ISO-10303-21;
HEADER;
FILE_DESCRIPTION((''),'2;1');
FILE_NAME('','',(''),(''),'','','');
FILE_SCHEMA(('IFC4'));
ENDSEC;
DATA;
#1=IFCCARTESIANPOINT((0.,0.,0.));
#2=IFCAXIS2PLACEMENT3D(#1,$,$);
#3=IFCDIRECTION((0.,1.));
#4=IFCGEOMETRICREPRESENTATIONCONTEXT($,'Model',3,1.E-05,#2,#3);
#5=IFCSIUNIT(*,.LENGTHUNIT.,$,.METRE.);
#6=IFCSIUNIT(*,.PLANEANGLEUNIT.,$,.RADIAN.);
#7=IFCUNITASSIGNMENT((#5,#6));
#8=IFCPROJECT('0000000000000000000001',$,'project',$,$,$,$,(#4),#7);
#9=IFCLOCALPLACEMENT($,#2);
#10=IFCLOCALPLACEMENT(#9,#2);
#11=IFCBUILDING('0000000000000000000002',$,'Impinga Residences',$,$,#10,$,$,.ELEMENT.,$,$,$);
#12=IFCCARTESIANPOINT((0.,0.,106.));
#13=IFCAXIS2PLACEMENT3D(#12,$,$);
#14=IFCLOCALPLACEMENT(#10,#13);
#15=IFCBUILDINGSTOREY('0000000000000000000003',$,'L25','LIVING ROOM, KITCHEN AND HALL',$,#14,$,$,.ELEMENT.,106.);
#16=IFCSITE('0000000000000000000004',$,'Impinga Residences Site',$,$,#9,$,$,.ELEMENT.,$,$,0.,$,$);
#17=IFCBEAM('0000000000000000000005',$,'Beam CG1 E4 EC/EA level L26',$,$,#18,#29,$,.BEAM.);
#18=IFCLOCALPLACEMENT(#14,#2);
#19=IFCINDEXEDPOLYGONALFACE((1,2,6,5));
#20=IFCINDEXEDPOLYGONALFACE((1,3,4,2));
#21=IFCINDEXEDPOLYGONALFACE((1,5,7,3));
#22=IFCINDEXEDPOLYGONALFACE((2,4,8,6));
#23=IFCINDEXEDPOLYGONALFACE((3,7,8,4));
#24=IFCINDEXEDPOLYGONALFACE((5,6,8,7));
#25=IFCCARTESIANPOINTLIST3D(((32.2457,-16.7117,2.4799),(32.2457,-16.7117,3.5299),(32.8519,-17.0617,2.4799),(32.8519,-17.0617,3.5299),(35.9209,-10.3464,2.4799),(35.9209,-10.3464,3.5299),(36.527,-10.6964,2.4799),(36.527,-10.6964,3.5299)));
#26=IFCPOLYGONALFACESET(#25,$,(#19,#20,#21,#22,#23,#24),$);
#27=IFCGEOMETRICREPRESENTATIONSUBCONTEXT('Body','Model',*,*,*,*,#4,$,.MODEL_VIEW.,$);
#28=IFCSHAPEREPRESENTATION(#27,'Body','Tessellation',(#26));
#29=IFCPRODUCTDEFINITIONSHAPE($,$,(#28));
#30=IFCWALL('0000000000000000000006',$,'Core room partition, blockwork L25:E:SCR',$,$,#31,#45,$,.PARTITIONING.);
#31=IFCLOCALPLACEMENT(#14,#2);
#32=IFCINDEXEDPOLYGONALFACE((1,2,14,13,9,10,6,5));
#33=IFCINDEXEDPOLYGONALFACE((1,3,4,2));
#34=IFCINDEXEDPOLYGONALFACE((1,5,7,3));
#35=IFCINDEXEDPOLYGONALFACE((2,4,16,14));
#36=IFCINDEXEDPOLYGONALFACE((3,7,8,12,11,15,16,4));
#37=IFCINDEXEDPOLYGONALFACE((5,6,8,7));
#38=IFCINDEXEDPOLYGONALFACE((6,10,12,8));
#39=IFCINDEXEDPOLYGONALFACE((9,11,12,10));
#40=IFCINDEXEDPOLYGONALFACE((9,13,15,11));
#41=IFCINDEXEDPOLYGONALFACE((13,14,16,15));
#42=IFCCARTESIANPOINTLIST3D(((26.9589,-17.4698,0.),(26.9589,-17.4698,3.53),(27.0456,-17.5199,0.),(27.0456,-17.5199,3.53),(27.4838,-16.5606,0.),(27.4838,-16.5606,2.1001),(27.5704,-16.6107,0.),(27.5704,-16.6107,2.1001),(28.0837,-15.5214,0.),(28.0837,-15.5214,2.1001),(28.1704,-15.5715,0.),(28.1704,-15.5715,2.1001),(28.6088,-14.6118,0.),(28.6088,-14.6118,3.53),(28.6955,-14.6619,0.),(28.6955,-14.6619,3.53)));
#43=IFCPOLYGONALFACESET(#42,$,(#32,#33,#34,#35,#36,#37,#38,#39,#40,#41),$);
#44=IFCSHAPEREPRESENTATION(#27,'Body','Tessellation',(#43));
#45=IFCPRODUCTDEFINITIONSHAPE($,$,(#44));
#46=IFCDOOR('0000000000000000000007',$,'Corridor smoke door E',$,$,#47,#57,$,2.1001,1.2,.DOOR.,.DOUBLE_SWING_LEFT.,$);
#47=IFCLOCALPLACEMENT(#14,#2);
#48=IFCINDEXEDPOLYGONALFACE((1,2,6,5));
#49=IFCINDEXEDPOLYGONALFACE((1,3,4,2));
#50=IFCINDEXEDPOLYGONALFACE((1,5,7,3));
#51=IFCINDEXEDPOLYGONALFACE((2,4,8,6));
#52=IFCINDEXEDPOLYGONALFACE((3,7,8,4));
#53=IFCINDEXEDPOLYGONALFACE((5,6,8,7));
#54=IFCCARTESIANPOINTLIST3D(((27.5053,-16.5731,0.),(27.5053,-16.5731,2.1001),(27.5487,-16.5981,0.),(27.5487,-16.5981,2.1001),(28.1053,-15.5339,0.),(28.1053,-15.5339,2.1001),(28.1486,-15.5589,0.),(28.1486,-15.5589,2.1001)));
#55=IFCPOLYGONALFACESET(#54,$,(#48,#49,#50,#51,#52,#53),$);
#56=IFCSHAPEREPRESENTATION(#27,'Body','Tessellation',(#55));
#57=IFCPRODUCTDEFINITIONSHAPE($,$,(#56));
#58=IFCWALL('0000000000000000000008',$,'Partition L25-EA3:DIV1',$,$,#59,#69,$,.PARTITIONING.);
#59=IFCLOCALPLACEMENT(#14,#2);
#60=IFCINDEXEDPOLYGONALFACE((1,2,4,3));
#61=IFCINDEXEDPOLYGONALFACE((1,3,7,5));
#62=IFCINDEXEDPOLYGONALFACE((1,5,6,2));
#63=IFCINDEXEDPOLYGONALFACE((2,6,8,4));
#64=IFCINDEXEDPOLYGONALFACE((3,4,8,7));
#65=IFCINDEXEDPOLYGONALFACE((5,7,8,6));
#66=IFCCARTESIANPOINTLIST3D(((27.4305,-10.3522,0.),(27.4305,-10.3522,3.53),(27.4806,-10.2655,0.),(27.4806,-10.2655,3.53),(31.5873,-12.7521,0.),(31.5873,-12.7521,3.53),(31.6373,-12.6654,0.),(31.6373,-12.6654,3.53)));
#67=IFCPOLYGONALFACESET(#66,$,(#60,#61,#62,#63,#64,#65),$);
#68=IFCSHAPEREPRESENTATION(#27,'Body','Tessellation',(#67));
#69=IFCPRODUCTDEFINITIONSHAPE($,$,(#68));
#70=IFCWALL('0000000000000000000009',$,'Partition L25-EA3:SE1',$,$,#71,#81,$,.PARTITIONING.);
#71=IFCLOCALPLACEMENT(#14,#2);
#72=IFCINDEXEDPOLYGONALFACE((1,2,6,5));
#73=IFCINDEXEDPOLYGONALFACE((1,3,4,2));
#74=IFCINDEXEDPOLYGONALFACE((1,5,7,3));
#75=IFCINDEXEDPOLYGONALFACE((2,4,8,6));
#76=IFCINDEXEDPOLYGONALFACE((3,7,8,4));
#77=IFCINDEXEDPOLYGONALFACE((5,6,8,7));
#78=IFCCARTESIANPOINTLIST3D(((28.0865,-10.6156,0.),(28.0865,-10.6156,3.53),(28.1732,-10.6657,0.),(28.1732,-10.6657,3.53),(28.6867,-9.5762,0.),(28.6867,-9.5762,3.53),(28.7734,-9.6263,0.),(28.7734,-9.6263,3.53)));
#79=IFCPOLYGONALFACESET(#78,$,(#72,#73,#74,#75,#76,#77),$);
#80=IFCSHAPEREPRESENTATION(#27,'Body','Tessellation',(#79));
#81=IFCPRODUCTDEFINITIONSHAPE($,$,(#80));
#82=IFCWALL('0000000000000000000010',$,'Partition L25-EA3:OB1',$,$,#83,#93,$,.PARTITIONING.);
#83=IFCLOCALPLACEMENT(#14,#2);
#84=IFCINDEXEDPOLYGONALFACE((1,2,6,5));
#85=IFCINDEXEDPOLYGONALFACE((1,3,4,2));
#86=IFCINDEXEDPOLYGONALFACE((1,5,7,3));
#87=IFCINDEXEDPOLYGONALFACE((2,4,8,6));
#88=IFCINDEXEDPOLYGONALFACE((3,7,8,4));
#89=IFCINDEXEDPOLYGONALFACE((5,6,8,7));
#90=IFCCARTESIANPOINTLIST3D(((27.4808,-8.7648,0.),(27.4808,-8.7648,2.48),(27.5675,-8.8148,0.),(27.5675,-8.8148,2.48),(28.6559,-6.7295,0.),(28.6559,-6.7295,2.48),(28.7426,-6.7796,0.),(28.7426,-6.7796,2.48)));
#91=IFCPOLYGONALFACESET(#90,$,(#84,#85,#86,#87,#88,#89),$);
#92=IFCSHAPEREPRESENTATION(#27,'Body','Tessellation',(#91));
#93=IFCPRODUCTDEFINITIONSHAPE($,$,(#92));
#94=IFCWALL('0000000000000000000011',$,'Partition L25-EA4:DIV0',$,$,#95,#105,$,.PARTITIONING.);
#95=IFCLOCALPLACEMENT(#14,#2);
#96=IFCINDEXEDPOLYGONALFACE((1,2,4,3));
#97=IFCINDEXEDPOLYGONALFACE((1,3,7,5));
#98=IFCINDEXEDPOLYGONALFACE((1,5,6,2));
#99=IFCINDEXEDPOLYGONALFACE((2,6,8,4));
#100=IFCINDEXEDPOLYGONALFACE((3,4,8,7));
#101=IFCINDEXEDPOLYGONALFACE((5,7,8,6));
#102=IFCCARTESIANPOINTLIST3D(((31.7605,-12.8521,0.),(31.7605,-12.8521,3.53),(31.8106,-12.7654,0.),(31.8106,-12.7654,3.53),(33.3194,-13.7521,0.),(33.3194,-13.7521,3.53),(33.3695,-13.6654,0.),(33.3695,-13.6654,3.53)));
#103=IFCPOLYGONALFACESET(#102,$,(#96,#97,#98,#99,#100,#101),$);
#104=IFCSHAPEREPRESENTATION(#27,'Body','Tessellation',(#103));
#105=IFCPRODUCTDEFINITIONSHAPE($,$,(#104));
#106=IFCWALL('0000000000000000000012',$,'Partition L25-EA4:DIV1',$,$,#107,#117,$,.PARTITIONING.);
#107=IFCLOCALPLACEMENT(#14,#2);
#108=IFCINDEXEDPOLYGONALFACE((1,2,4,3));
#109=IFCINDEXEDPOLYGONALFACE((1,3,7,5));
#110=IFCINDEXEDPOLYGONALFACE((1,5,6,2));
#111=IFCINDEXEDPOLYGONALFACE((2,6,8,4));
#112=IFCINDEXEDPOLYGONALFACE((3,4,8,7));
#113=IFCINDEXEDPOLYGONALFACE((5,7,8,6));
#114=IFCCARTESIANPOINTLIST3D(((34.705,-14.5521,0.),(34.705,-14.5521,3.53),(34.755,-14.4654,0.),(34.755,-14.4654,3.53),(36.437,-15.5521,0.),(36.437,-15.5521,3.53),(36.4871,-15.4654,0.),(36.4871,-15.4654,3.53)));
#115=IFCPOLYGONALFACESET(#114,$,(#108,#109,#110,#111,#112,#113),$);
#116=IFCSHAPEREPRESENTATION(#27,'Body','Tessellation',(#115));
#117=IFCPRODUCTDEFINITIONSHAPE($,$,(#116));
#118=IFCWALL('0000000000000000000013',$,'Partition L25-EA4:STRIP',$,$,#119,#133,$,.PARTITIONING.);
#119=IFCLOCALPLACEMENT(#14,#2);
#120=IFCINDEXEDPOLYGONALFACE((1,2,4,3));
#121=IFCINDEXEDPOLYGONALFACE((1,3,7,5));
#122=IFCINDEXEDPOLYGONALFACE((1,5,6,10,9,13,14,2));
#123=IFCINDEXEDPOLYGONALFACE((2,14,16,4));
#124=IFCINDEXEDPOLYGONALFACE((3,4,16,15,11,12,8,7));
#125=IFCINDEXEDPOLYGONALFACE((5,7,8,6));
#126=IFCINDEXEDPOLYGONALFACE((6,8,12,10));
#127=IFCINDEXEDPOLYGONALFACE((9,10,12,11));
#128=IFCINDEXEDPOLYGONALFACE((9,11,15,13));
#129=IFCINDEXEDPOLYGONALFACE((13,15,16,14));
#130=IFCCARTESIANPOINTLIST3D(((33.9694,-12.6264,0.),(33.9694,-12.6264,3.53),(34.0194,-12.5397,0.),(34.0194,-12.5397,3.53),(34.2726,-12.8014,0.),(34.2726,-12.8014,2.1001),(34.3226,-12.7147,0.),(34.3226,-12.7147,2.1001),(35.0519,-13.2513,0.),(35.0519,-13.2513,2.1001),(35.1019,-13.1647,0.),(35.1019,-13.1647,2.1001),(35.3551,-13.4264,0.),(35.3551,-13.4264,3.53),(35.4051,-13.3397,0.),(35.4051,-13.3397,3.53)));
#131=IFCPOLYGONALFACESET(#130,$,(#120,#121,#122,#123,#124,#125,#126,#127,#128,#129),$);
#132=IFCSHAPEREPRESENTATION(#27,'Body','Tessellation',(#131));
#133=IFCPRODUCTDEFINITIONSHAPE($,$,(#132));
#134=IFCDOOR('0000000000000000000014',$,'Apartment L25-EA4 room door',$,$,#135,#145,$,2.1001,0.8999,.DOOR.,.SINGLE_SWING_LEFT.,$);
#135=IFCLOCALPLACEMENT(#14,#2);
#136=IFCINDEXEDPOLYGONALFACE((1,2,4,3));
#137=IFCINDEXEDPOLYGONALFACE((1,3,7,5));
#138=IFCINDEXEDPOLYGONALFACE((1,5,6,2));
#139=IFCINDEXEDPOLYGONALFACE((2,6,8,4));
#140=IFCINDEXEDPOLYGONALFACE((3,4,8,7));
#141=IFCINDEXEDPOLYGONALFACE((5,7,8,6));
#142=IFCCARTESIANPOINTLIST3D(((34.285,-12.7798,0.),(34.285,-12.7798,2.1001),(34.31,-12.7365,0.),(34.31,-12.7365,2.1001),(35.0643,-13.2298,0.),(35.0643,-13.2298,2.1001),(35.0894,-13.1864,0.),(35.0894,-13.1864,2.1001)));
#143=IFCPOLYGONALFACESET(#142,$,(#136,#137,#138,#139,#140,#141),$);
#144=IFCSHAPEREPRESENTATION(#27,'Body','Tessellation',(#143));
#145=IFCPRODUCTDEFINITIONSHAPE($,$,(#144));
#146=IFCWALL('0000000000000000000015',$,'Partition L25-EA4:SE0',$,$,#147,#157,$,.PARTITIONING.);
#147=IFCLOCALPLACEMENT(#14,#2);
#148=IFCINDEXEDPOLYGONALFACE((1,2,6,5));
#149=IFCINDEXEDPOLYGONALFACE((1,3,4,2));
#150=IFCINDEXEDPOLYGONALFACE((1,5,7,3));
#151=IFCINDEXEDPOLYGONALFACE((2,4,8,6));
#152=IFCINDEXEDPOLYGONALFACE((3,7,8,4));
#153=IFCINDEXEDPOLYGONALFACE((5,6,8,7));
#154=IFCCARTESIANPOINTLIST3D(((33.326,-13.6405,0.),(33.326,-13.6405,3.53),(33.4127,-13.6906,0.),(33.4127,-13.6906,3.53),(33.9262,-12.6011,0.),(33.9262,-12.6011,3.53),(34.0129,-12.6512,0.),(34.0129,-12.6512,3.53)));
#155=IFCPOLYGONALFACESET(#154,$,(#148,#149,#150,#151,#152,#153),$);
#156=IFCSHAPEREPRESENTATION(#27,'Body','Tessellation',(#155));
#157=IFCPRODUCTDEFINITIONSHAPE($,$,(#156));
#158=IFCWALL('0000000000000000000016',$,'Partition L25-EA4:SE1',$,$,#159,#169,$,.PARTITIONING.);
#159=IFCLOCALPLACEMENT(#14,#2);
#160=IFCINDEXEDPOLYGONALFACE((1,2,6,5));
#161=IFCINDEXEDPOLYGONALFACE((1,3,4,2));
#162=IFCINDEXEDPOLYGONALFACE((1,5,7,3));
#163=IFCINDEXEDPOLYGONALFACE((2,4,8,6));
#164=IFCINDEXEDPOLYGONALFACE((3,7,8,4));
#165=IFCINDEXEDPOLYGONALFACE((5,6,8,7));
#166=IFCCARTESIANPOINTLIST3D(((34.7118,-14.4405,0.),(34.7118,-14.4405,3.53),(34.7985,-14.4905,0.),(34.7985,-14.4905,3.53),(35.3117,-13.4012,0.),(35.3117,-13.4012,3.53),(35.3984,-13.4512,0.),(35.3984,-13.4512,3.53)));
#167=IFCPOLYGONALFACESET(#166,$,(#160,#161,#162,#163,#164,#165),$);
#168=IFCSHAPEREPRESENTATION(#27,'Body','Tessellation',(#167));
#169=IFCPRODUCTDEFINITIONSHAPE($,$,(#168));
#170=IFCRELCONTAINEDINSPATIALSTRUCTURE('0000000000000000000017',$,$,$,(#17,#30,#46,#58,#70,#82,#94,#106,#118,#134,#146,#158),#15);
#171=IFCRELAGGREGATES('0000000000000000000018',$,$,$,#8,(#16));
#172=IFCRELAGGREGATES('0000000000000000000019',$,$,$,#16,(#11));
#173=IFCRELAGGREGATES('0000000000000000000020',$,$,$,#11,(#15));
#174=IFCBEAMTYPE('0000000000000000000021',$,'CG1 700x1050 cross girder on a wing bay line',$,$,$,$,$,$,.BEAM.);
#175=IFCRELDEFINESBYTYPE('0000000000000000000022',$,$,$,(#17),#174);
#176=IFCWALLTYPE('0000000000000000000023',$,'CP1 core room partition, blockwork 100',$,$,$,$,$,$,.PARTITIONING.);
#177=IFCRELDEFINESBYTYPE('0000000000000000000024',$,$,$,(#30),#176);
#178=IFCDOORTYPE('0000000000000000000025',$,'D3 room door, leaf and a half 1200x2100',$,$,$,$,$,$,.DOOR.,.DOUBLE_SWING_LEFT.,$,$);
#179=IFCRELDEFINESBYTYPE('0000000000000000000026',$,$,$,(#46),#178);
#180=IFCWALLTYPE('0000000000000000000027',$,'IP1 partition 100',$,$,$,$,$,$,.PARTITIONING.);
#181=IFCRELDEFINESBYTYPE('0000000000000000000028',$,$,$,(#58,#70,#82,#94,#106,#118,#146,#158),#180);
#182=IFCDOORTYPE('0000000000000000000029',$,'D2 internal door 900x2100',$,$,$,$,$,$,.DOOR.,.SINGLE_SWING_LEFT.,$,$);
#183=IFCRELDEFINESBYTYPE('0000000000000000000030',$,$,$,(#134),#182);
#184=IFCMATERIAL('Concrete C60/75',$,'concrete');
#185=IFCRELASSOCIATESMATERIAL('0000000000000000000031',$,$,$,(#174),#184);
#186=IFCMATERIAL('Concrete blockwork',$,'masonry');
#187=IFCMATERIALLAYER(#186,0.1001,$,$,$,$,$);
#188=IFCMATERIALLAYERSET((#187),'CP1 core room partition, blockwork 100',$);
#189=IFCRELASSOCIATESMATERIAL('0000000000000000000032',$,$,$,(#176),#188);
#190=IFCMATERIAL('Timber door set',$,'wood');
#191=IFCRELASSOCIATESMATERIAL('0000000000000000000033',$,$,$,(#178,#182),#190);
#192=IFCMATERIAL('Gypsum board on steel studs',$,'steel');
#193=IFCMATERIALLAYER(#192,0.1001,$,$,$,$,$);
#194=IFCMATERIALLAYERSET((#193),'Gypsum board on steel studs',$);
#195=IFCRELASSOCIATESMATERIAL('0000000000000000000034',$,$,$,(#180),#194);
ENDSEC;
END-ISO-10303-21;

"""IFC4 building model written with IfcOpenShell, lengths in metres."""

from ifc_helpers import new_model, si_unit, direction, frame, frame_2d, origin, origin_2d, place, context, subcontext, project, spatial, rectangle, extrude, material, layer, layer_set, material_profile, profile_set, type_object, element, fill, save


model = new_model("IFC4")

# Units and contexts
model_context = context("Model", 3, precision=1e-05, world=origin(), true_north=direction((0.0, 1.0)))
body_context = subcontext(model_context, "Body", "Model", "MODEL_VIEW")
ifc_project = project(units=[si_unit("LENGTHUNIT", "METRE"), si_unit("PLANEANGLEUNIT", "RADIAN")], contexts=[model_context])

# Site, building, storey
site_placement = place(None, origin())
site = spatial("IfcSite", under=ifc_project, at=site_placement, Name="Impinga Residences Site", CompositionType="ELEMENT", RefElevation=0.0)
building_placement = place(site_placement, origin())
building = spatial("IfcBuilding", under=site, at=building_placement, Name="Impinga Residences", CompositionType="ELEMENT")
storey_placement = place(building_placement, frame((0.0, 0.0, 106.0)))
storey = spatial("IfcBuildingStorey", under=building, at=storey_placement, Name="L25", Description="LIVING ROOM, KITCHEN AND HALL", CompositionType="ELEMENT", Elevation=106.0)

# Beam
ifc_material_1 = material(Name="Concrete C60/75", Category="concrete")
ifc_material_profile = material_profile(ifc_material_1, rectangle(XDim=0.7, YDim=1.05, at=origin_2d()), Name="RC 700x1050")
ifc_profile_set = profile_set([ifc_material_profile], Name="Concrete C60/75")
beam_type = type_object("IfcBeamType", Name="CG1 700x1050 cross girder on a wing bay line", PredefinedType="BEAM", material=ifc_profile_set)
beam_placement = place(storey_placement, frame((32.5488, -16.8867, 3.0049), z_axis=(0.500008, 0.866021, 0.0), x_axis=(-0.866021, 0.500008, 0.0)))
element("IfcBeam", 1, at=beam_placement, inside=storey, type_object=beam_type, Name="Beam CG1 E4 EC/EA level L26", PredefinedType="BEAM", context=body_context, shape_type="SweptSolid", body=[
    extrude(rectangle(XDim=0.7, YDim=1.05, at=origin_2d()), origin(), (0.0, 0.0, 1.0), 7.3501),
])

# Wall, opening, door
ifc_material_2 = material(Name="Concrete blockwork", Category="masonry")
ifc_layer_1 = layer(ifc_material_2, 0.1001)
ifc_layer_set_1 = layer_set([ifc_layer_1], Name="CP1 core room partition, blockwork 100")
wall_type_1 = type_object("IfcWallType", Name="CP1 core room partition, blockwork 100", PredefinedType="PARTITIONING", material=ifc_layer_set_1)
wall_1_placement = place(storey_placement, frame((28.6521, -14.637, 0.0), z_axis=(0.0, 0.0, 1.0), x_axis=(-0.499974, -0.86604, 0.0)))
wall_1 = element("IfcWall", 2, at=wall_1_placement, inside=storey, type_object=wall_type_1, Name="Core room partition, blockwork L25:E:SCR", PredefinedType="PARTITIONING", context=body_context, shape_type="SweptSolid", body=[
    extrude(rectangle(XDim=3.3, YDim=0.1001, at=frame_2d((1.6499, 0.0))), origin(), (0.0, 0.0, 1.0), 3.53),
])
opening_1_placement = place(wall_1_placement, frame((1.05, 0.0, 0.0)))
opening_1 = element("IfcOpeningElement", 3, at=opening_1_placement, cuts=wall_1, PredefinedType="OPENING", context=body_context, shape_type="SweptSolid", body=[
    extrude(rectangle(XDim=1.2, YDim=2.1001, at=frame_2d((0.6001, 1.05))), frame((0.0, 0.0601, 0.0), z_axis=(0.0, -1.0, 0.0), x_axis=(1.0, 0.0, 0.0)), (0.0, 0.0, 1.0), 0.1201),
])
ifc_material_3 = material(Name="Timber door set", Category="wood")
door_type_1 = type_object("IfcDoorType", Name="D3 room door, leaf and a half 1200x2100", OperationType="DOUBLE_SWING_LEFT", PredefinedType="DOOR", material=ifc_material_3)
door_1_placement = place(opening_1_placement, origin())
door_1 = element("IfcDoor", 4, at=door_1_placement, inside=storey, type_object=door_type_1, Name="Corridor smoke door E", OperationType="DOUBLE_SWING_LEFT", OverallHeight=2.1001, OverallWidth=1.2, PredefinedType="DOOR", context=body_context, shape_type="SweptSolid", body=[
    extrude(rectangle(XDim=1.2, YDim=2.1001, at=frame_2d((0.6001, 1.05))), frame((0.0, 0.0249, 0.0), z_axis=(0.0, -1.0, 0.0), x_axis=(1.0, 0.0, 0.0)), (0.0, 0.0, 1.0), 0.05),
])
fill(opening_1, door_1)

# Walls
ifc_material_4 = material(Name="Gypsum board on steel studs", Category="steel")
ifc_layer_2 = layer(ifc_material_4, 0.1001)
ifc_layer_set_2 = layer_set([ifc_layer_2], Name="Gypsum board on steel studs")
wall_type_2 = type_object("IfcWallType", Name="IP1 partition 100", PredefinedType="PARTITIONING", material=ifc_layer_set_2)
wall_2_placement = place(storey_placement, frame((27.4556, -10.3088, 0.0), z_axis=(0.0, 0.0, 1.0), x_axis=(0.866025, -0.500001, 0.0)))
element("IfcWall", 5, at=wall_2_placement, inside=storey, type_object=wall_type_2, Name="Partition L25-EA3:DIV1", PredefinedType="PARTITIONING", context=body_context, shape_type="SweptSolid", body=[
    extrude(rectangle(XDim=4.7998, YDim=0.1001, at=frame_2d((2.3999, 0.0))), origin(), (0.0, 0.0, 1.0), 3.53),
])
wall_3_placement = place(storey_placement, frame((28.1299, -10.6406, 0.0), z_axis=(0.0, 0.0, 1.0), x_axis=(0.500034, 0.866006, 0.0)))
element("IfcWall", 6, at=wall_3_placement, inside=storey, type_object=wall_type_2, Name="Partition L25-EA3:SE1", PredefinedType="PARTITIONING", context=body_context, shape_type="SweptSolid", body=[
    extrude(rectangle(XDim=1.2002, YDim=0.1001, at=frame_2d((0.6001, 0.0))), origin(), (0.0, 0.0, 1.0), 3.53),
])
wall_4_placement = place(storey_placement, frame((27.5242, -8.7898, 0.0), z_axis=(0.0, 0.0, 1.0), x_axis=(0.500016, 0.866016, 0.0)))
element("IfcWall", 7, at=wall_4_placement, inside=storey, type_object=wall_type_2, Name="Partition L25-EA3:OB1", PredefinedType="PARTITIONING", context=body_context, shape_type="SweptSolid", body=[
    extrude(rectangle(XDim=2.3501, YDim=0.1001, at=frame_2d((1.175, 0.0))), origin(), (0.0, 0.0, 1.0), 2.48),
])
wall_5_placement = place(storey_placement, frame((31.7856, -12.8088, 0.0), z_axis=(0.0, 0.0, 1.0), x_axis=(0.866048, -0.499961, 0.0)))
element("IfcWall", 8, at=wall_5_placement, inside=storey, type_object=wall_type_2, Name="Partition L25-EA4:DIV0", PredefinedType="PARTITIONING", context=body_context, shape_type="SweptSolid", body=[
    extrude(rectangle(XDim=1.8, YDim=0.1001, at=frame_2d((0.8999, 0.0))), origin(), (0.0, 0.0, 1.0), 3.53),
])
wall_6_placement = place(storey_placement, frame((34.73, -14.5088, 0.0), z_axis=(0.0, 0.0, 1.0), x_axis=(0.866041, -0.499973, 0.0)))
element("IfcWall", 9, at=wall_6_placement, inside=storey, type_object=wall_type_2, Name="Partition L25-EA4:DIV1", PredefinedType="PARTITIONING", context=body_context, shape_type="SweptSolid", body=[
    extrude(rectangle(XDim=2.0, YDim=0.1001, at=frame_2d((1.0, 0.0))), origin(), (0.0, 0.0, 1.0), 3.53),
])

# Wall, opening, door
wall_7_placement = place(storey_placement, frame((33.9944, -12.583, 0.0), z_axis=(0.0, 0.0, 1.0), x_axis=(0.866028, -0.499995, 0.0)))
wall_7 = element("IfcWall", 10, at=wall_7_placement, inside=storey, type_object=wall_type_2, Name="Partition L25-EA4:STRIP", PredefinedType="PARTITIONING", context=body_context, shape_type="SweptSolid", body=[
    extrude(rectangle(XDim=1.6001, YDim=0.1001, at=frame_2d((0.8, 0.0))), origin(), (0.0, 0.0, 1.0), 3.53),
])
opening_2_placement = place(wall_7_placement, frame((0.3501, 0.0, 0.0)))
opening_2 = element("IfcOpeningElement", 11, at=opening_2_placement, cuts=wall_7, PredefinedType="OPENING", context=body_context, shape_type="SweptSolid", body=[
    extrude(rectangle(XDim=0.8999, YDim=2.1001, at=frame_2d((0.45, 1.05))), frame((0.0, 0.0601, 0.0), z_axis=(0.0, -1.0, 0.0), x_axis=(1.0, 0.0, 0.0)), (0.0, 0.0, 1.0), 0.1201),
])
door_type_2 = type_object("IfcDoorType", Name="D2 internal door 900x2100", OperationType="SINGLE_SWING_LEFT", PredefinedType="DOOR", material=ifc_material_3)
door_2_placement = place(opening_2_placement, origin())
door_2 = element("IfcDoor", 12, at=door_2_placement, inside=storey, type_object=door_type_2, Name="Apartment L25-EA4 room door", OperationType="SINGLE_SWING_LEFT", OverallHeight=2.1001, OverallWidth=0.8999, PredefinedType="DOOR", context=body_context, shape_type="SweptSolid", body=[
    extrude(rectangle(XDim=0.8999, YDim=2.1001, at=frame_2d((0.45, 1.05))), frame((0.0, 0.0249, 0.0), z_axis=(0.0, -1.0, 0.0), x_axis=(1.0, 0.0, 0.0)), (0.0, 0.0, 1.0), 0.05),
])
fill(opening_2, door_2)

# Walls
wall_8_placement = place(storey_placement, frame((33.3694, -13.6655, 0.0), z_axis=(0.0, 0.0, 1.0), x_axis=(0.500034, 0.866006, 0.0)))
element("IfcWall", 13, at=wall_8_placement, inside=storey, type_object=wall_type_2, Name="Partition L25-EA4:SE0", PredefinedType="PARTITIONING", context=body_context, shape_type="SweptSolid", body=[
    extrude(rectangle(XDim=1.2002, YDim=0.1001, at=frame_2d((0.6001, 0.0))), origin(), (0.0, 0.0, 1.0), 3.53),
])
wall_9_placement = place(storey_placement, frame((34.7551, -14.4656, 0.0), z_axis=(0.0, 0.0, 1.0), x_axis=(0.499881, 0.866094, 0.0)))
element("IfcWall", 14, at=wall_9_placement, inside=storey, type_object=wall_type_2, Name="Partition L25-EA4:SE1", PredefinedType="PARTITIONING", context=body_context, shape_type="SweptSolid", body=[
    extrude(rectangle(XDim=1.2, YDim=0.1001, at=frame_2d((0.6001, 0.0))), origin(), (0.0, 0.0, 1.0), 3.53),
])

save(model, "model.ifc")
